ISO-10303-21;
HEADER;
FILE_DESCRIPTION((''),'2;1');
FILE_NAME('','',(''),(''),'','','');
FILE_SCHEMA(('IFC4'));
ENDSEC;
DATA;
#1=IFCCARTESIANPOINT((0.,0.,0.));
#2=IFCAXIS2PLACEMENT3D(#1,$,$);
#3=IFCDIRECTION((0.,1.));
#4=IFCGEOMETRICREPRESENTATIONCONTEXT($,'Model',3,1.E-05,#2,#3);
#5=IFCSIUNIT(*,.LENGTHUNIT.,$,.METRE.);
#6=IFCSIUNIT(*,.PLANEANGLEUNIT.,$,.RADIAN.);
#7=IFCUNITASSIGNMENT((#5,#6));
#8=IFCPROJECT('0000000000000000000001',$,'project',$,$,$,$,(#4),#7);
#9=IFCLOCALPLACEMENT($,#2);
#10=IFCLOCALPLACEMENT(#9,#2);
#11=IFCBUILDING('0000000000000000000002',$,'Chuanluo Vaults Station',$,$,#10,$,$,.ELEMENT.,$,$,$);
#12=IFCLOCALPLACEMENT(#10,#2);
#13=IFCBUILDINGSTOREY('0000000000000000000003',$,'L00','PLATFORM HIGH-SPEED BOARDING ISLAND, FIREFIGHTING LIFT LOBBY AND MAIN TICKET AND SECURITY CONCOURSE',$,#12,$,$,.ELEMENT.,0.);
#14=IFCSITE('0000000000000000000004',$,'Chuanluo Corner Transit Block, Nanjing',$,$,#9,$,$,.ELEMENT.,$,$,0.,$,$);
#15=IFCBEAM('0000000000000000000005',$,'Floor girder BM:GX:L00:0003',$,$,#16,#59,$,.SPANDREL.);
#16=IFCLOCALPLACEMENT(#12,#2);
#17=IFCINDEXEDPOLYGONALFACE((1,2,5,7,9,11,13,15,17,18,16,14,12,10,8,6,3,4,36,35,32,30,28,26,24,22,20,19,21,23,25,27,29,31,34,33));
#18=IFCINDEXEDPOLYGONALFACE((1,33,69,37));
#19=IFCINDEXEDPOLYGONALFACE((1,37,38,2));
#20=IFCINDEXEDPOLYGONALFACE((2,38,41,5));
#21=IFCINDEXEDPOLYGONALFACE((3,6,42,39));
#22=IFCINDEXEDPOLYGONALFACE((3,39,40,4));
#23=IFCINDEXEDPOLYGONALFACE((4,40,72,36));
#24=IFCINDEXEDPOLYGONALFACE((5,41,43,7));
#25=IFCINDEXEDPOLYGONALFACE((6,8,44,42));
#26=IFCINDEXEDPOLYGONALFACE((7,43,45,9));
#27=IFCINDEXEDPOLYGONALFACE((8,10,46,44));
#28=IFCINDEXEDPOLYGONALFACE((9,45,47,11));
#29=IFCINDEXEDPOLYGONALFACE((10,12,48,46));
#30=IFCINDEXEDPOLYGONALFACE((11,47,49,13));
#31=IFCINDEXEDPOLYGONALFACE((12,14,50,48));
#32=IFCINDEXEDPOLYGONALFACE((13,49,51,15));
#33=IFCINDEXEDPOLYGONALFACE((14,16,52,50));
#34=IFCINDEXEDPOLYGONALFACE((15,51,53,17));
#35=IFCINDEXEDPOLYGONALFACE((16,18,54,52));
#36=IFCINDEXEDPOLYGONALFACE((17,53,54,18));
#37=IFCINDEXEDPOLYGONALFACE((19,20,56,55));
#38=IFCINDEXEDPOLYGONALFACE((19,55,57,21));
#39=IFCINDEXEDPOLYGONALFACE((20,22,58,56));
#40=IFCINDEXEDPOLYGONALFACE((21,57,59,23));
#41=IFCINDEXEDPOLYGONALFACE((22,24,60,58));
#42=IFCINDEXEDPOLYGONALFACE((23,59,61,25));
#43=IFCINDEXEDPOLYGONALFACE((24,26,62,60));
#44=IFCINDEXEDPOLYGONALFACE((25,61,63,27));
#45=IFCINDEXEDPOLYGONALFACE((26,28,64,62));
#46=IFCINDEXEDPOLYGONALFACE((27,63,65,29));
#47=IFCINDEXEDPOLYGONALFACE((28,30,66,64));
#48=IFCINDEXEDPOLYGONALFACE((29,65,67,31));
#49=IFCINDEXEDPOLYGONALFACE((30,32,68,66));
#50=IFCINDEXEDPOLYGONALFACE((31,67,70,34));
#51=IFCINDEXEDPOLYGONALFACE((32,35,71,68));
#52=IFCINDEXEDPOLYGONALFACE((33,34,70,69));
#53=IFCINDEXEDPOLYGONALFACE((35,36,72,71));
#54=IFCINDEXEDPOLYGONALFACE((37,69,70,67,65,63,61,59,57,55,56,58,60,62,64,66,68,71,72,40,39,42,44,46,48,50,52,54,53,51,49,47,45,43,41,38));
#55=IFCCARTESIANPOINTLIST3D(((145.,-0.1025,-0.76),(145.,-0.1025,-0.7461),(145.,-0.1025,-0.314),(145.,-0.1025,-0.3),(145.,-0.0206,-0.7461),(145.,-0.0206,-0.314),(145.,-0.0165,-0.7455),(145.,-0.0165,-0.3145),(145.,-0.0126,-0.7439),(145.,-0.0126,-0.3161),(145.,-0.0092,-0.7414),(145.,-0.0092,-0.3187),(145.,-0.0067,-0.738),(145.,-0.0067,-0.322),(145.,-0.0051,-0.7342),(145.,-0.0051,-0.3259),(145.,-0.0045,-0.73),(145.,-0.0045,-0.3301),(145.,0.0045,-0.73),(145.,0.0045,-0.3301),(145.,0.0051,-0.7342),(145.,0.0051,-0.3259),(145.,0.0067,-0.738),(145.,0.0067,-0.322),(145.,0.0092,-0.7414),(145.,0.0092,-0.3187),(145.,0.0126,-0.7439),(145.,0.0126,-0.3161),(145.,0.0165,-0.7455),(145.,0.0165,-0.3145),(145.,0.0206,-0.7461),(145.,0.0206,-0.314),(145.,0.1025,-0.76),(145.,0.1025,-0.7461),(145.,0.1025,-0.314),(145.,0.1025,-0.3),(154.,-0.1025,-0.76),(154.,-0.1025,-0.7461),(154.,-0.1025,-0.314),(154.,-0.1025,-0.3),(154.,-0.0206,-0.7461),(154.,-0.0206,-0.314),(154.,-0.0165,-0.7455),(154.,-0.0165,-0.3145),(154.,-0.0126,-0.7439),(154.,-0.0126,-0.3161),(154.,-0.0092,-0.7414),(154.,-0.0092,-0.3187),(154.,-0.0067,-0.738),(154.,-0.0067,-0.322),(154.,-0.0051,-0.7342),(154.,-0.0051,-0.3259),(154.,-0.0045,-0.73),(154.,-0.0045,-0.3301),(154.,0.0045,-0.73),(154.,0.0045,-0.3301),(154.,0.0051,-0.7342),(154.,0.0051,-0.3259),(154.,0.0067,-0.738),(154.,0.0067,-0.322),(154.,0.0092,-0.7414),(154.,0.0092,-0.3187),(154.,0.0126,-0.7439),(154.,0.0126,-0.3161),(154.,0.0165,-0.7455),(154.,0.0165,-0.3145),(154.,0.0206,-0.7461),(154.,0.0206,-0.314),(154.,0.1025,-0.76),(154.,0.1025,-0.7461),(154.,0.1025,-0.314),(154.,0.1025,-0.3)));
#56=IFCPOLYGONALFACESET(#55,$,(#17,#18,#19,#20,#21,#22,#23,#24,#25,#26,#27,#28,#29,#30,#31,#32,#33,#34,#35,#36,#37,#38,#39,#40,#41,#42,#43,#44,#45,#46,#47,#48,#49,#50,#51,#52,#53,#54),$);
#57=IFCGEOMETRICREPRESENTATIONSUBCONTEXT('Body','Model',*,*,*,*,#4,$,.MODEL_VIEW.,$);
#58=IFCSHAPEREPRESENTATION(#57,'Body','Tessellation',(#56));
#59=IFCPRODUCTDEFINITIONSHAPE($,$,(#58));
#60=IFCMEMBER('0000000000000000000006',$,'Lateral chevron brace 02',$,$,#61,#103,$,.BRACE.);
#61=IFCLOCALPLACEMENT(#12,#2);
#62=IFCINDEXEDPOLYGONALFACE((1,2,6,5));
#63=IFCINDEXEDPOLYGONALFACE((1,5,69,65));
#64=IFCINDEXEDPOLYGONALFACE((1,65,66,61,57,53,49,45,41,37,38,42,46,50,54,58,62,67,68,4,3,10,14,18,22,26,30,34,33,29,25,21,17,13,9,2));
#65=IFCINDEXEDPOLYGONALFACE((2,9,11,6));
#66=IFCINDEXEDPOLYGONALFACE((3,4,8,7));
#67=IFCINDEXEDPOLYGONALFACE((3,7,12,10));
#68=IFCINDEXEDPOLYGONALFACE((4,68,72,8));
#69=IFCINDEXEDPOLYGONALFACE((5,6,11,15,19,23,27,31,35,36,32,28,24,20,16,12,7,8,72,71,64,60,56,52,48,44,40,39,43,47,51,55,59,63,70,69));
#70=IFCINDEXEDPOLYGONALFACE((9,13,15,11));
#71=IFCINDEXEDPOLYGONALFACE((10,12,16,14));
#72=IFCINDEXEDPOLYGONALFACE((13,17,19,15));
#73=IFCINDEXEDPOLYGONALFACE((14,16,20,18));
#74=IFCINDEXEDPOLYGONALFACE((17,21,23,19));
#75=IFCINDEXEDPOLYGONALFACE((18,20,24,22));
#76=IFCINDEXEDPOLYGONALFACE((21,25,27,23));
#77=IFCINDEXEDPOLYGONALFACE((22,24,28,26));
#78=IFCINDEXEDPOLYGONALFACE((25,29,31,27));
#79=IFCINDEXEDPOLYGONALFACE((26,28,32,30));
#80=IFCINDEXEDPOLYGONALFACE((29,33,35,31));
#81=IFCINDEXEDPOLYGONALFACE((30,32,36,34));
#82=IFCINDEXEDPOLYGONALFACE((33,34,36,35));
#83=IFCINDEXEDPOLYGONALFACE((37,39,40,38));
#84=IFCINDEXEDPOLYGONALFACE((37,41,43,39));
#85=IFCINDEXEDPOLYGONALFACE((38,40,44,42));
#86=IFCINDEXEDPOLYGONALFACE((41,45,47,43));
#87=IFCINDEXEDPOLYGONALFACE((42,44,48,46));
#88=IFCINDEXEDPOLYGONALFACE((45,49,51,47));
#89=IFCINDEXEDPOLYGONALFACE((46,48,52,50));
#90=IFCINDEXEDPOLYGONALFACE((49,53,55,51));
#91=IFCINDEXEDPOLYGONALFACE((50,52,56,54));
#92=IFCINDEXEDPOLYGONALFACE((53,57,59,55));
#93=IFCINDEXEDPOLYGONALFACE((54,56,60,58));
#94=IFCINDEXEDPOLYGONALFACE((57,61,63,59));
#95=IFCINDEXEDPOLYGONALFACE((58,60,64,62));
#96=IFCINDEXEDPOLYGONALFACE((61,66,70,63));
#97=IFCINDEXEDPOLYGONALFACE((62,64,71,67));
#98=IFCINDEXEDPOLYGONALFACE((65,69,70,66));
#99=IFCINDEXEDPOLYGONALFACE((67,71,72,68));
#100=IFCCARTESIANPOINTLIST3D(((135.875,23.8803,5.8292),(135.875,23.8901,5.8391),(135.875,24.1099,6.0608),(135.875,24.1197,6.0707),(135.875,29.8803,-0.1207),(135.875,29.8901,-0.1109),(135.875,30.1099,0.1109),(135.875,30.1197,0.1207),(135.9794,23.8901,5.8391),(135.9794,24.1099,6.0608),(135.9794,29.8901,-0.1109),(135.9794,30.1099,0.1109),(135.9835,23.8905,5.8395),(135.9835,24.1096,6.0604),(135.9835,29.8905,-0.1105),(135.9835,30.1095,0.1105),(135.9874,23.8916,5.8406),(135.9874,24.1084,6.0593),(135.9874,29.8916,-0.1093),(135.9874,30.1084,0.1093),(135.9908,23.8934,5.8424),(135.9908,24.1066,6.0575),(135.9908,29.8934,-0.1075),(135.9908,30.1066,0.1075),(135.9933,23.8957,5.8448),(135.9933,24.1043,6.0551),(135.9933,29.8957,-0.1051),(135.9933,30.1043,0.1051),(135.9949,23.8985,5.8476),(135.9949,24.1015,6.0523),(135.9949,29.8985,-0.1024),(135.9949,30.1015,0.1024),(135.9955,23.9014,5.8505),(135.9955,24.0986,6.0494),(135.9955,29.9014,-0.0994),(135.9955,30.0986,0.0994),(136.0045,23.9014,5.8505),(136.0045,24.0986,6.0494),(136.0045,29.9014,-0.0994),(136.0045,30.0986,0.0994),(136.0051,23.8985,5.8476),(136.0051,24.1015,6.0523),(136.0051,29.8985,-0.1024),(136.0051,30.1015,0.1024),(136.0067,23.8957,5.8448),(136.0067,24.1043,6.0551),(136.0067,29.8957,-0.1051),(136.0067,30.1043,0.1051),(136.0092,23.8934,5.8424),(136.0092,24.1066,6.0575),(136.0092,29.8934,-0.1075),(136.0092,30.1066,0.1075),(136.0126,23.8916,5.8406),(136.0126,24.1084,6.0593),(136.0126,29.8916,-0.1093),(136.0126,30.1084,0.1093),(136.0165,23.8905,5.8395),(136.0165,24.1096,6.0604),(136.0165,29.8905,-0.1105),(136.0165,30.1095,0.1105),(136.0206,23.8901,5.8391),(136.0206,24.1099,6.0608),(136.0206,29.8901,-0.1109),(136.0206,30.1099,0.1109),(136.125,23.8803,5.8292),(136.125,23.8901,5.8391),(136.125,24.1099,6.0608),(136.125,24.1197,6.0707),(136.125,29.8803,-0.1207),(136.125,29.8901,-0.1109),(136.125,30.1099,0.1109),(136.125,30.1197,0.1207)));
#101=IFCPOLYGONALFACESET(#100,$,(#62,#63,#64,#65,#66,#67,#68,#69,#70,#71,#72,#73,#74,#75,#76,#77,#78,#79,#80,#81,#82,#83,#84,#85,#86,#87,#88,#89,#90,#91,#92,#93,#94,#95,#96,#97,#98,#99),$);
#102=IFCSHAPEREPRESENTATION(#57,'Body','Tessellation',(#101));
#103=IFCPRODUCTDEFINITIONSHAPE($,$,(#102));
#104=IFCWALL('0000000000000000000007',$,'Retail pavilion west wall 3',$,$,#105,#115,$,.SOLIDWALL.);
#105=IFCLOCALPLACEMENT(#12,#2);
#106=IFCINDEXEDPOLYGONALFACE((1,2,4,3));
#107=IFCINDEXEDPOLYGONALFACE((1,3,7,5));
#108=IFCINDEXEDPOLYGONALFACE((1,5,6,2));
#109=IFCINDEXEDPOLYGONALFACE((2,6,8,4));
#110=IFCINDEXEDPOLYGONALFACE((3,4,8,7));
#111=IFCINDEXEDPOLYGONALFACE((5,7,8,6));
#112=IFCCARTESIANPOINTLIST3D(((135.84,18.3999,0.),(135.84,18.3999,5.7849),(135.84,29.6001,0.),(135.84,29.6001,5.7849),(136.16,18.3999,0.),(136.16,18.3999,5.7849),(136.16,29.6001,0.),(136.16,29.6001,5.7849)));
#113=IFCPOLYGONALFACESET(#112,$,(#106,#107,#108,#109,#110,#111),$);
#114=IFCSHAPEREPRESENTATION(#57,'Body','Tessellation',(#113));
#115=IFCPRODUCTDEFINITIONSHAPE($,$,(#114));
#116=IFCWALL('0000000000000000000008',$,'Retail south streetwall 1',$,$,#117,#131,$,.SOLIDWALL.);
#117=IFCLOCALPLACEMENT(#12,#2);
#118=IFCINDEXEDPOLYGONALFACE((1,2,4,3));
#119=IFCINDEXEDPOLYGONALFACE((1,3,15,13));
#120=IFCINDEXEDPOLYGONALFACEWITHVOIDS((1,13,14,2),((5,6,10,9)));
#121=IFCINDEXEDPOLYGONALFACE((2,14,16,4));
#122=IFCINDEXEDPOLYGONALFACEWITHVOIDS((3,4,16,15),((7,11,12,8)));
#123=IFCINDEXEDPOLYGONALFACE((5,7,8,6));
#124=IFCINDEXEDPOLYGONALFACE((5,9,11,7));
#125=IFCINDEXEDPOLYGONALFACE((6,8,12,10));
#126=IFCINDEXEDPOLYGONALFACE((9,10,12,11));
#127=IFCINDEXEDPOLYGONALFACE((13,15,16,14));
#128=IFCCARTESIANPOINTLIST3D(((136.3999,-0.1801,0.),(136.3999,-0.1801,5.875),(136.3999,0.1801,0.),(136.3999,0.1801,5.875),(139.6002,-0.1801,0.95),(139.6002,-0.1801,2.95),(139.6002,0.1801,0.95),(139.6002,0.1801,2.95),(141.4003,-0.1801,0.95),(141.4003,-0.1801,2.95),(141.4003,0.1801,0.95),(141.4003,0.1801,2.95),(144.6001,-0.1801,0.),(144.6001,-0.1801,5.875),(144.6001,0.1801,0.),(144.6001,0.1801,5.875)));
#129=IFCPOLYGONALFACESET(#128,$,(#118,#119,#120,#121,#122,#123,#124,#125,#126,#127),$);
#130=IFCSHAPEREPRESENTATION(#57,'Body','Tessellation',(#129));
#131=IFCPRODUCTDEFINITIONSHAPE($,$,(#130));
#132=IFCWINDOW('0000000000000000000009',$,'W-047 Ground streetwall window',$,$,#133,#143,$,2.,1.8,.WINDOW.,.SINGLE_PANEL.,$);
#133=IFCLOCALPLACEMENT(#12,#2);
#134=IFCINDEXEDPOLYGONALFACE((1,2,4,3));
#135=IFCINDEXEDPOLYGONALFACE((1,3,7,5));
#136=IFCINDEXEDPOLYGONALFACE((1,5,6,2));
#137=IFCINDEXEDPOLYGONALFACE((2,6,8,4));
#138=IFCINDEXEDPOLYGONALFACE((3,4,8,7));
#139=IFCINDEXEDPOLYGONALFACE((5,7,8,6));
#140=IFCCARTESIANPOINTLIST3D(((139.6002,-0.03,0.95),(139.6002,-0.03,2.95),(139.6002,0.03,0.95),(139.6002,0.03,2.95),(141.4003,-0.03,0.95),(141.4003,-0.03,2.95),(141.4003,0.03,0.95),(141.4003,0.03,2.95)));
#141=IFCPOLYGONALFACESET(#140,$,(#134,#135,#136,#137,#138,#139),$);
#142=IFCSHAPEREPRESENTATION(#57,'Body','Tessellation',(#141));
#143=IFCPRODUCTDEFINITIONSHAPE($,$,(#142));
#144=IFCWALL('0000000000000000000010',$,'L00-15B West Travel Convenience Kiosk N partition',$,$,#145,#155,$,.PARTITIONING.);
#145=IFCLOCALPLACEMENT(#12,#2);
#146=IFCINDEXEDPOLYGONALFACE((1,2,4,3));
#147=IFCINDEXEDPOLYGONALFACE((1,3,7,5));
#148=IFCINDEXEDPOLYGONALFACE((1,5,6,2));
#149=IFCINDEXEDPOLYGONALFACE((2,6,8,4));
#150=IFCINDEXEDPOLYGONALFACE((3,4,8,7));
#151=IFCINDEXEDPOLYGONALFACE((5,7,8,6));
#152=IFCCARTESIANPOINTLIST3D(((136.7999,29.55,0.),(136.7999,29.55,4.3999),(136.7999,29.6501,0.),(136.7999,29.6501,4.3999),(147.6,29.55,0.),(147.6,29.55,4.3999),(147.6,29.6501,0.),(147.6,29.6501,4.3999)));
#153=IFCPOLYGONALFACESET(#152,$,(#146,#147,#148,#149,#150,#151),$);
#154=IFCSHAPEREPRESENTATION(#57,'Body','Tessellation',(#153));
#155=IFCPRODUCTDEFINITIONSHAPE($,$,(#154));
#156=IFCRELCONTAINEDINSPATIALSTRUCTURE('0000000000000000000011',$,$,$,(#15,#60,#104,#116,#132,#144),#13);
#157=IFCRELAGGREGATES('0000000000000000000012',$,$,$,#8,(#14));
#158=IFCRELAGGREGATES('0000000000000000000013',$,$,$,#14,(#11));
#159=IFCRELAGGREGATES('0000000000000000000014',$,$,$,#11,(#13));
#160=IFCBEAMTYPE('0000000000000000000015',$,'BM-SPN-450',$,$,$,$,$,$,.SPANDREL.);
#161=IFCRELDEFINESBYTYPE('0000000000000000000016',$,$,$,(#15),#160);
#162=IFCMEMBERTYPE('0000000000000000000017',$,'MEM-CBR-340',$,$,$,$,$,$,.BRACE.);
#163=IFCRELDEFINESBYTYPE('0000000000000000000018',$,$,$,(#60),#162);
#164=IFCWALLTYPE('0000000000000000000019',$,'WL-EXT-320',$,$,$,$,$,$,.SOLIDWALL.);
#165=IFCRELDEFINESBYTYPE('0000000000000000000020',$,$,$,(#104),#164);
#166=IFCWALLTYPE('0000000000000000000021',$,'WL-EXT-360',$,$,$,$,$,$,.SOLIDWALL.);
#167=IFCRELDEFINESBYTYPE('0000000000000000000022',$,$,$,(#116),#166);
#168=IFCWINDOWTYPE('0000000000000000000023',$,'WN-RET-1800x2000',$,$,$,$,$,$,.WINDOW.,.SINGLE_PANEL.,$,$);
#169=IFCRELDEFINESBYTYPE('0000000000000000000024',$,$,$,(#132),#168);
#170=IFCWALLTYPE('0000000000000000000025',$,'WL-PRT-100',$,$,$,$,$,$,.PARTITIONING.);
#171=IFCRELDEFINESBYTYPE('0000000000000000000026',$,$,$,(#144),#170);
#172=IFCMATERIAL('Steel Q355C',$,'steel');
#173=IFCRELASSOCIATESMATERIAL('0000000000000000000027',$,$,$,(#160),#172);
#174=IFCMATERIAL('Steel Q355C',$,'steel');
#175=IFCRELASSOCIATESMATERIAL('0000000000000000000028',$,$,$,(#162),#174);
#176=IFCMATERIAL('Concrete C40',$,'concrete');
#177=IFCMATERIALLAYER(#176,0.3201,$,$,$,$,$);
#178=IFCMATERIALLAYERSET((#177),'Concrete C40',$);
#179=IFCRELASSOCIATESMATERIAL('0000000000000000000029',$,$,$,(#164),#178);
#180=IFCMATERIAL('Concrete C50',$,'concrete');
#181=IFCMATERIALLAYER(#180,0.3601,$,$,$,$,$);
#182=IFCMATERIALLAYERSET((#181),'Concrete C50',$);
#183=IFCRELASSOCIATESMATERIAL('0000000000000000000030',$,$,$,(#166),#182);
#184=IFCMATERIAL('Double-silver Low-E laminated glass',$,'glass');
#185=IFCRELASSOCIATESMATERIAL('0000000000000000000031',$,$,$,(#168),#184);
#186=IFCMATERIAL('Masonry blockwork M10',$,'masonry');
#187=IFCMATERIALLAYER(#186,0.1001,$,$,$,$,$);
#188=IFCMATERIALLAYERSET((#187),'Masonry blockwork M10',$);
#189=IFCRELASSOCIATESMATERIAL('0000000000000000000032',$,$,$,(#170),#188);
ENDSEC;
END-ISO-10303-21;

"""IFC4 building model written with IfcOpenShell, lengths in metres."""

from ifc_helpers import new_model, si_unit, direction, frame, frame_2d, origin, origin_2d, place, context, subcontext, project, spatial, rectangle, i_section, extrude, material, layer, layer_set, material_profile, profile_set, type_object, element, fill, save


model = new_model("IFC4")

# Units and contexts
model_context = context("Model", 3, precision=1e-05, world=origin(), true_north=direction((0.0, 1.0)))
body_context = subcontext(model_context, "Body", "Model", "MODEL_VIEW")
ifc_project = project(units=[si_unit("LENGTHUNIT", "METRE"), si_unit("PLANEANGLEUNIT", "RADIAN")], contexts=[model_context])

# Site, building, storey
site_placement = place(None, origin())
site = spatial("IfcSite", under=ifc_project, at=site_placement, Name="Chuanluo Corner Transit Block, Nanjing", CompositionType="ELEMENT", RefElevation=0.0)
building_placement = place(site_placement, origin())
building = spatial("IfcBuilding", under=site, at=building_placement, Name="Chuanluo Vaults Station", CompositionType="ELEMENT")
storey_placement = place(building_placement, origin())
storey = spatial("IfcBuildingStorey", under=building, at=storey_placement, Name="L00", Description="PLATFORM HIGH-SPEED BOARDING ISLAND, FIREFIGHTING LIFT LOBBY AND MAIN TICKET AND SECURITY CONCOURSE", CompositionType="ELEMENT", Elevation=0.0)

# Beam
ifc_material_1 = material(Name="Steel Q355C", Category="steel")
ifc_material_profile_1 = material_profile(ifc_material_1, i_section(OverallWidth=0.2051, OverallDepth=0.46, WebThickness=0.009, FlangeThickness=0.0139, FilletRadius=0.0161, at=origin_2d()))
ifc_profile_set_1 = profile_set([ifc_material_profile_1], Name="Steel Q355C")
beam_type_1 = type_object("IfcBeamType", Name="BM-SPN-450", PredefinedType="SPANDREL", material=ifc_profile_set_1)
beam_1_placement = place(storey_placement, frame((145.0, 0.0, -0.53), z_axis=(1.0, 0.0, 0.0), x_axis=(0.0, 1.0, 0.0)))
element("IfcBeam", 1, at=beam_1_placement, inside=storey, type_object=beam_type_1, Name="Floor girder BM:GX:L00:0003", PredefinedType="SPANDREL", context=body_context, shape_type="SweptSolid", body=[
    extrude(i_section(OverallWidth=0.2051, OverallDepth=0.46, WebThickness=0.009, FlangeThickness=0.0139, FilletRadius=0.0161, at=origin_2d()), origin(), (0.0, 0.0, 1.0), 9.0),
])

# Member
ifc_material_2 = material(Name="Steel Q355C", Category="steel")
ifc_material_profile_2 = material_profile(ifc_material_2, i_section(OverallWidth=0.25, OverallDepth=0.3401, WebThickness=0.009, FlangeThickness=0.0139, FilletRadius=0.0161, at=origin_2d()))
ifc_profile_set_2 = profile_set([ifc_material_profile_2], Name="Steel Q355C")
member_type = type_object("IfcMemberType", Name="MEM-CBR-340", PredefinedType="BRACE", material=ifc_profile_set_2)
member_placement = place(storey_placement, frame((136.0, 30.0, 0.0), z_axis=(0.0, -0.710062, 0.704139), x_axis=(1.0, 0.0, 0.0)))
element("IfcMember", 2, at=member_placement, inside=storey, type_object=member_type, Name="Lateral chevron brace 02", PredefinedType="BRACE", context=body_context, shape_type="SweptSolid", body=[
    extrude(i_section(OverallWidth=0.25, OverallDepth=0.3401, WebThickness=0.009, FlangeThickness=0.0139, FilletRadius=0.0161, at=origin_2d()), origin(), (0.0, 0.0, 1.0), 8.45),
])

# Wall
ifc_material_3 = material(Name="Concrete C40", Category="concrete")
ifc_layer_1 = layer(ifc_material_3, 0.3201)
ifc_layer_set_1 = layer_set([ifc_layer_1], Name="Concrete C40")
wall_type_1 = type_object("IfcWallType", Name="WL-EXT-320", PredefinedType="SOLIDWALL", material=ifc_layer_set_1)
wall_1_placement = place(storey_placement, frame((136.0, 18.3999, 0.0), z_axis=(0.0, 0.0, 1.0), x_axis=(0.0, 1.0, 0.0)))
element("IfcWall", 3, at=wall_1_placement, inside=storey, type_object=wall_type_1, Name="Retail pavilion west wall 3", PredefinedType="SOLIDWALL", context=body_context, shape_type="SweptSolid", body=[
    extrude(rectangle(XDim=11.2002, YDim=0.3201, at=frame_2d((5.6001, 0.0))), origin(), (0.0, 0.0, 1.0), 5.7849),
])

# Wall, opening, window
ifc_material_4 = material(Name="Concrete C50", Category="concrete")
ifc_layer_2 = layer(ifc_material_4, 0.3601)
ifc_layer_set_2 = layer_set([ifc_layer_2], Name="Concrete C50")
wall_type_2 = type_object("IfcWallType", Name="WL-EXT-360", PredefinedType="SOLIDWALL", material=ifc_layer_set_2)
wall_2_placement = place(storey_placement, frame((144.6001, 0.0, 0.0), z_axis=(0.0, 0.0, 1.0), x_axis=(-1.0, 0.0, 0.0)))
wall_2 = element("IfcWall", 4, at=wall_2_placement, inside=storey, type_object=wall_type_2, Name="Retail south streetwall 1", PredefinedType="SOLIDWALL", context=body_context, shape_type="SweptSolid", body=[
    extrude(rectangle(XDim=8.2002, YDim=0.3601, at=frame_2d((4.1001, 0.0))), origin(), (0.0, 0.0, 1.0), 5.875),
])
opening_1_placement = place(wall_2_placement, frame((3.2, 0.0, 0.95)))
opening_1 = element("IfcOpeningElement", 5, at=opening_1_placement, cuts=wall_2, PredefinedType="OPENING", context=body_context, shape_type="SweptSolid", body=[
    extrude(rectangle(XDim=1.8, YDim=2.0, at=frame_2d((0.8999, 1.0))), frame((0.0, 0.1902, 0.0), z_axis=(0.0, -1.0, 0.0), x_axis=(1.0, 0.0, 0.0)), (0.0, 0.0, 1.0), 0.3801),
])
ifc_material_5 = material(Name="Double-silver Low-E laminated glass", Category="glass")
window_type = type_object("IfcWindowType", Name="WN-RET-1800x2000", PartitioningType="SINGLE_PANEL", PredefinedType="WINDOW", material=ifc_material_5)
window_placement = place(opening_1_placement, origin())
window = element("IfcWindow", 6, at=window_placement, inside=storey, type_object=window_type, Name="W-047 Ground streetwall window", OverallHeight=2.0, OverallWidth=1.8, PartitioningType="SINGLE_PANEL", PredefinedType="WINDOW", context=body_context, shape_type="SweptSolid", body=[
    extrude(rectangle(XDim=1.8, YDim=2.0, at=frame_2d((0.8999, 1.0))), frame((0.0, 0.03, 0.0), z_axis=(0.0, -1.0, 0.0), x_axis=(1.0, 0.0, 0.0)), (0.0, 0.0, 1.0), 0.0601),
])
fill(opening_1, window)

# Wall
ifc_material_6 = material(Name="Masonry blockwork M10", Category="masonry")
ifc_layer_3 = layer(ifc_material_6, 0.1001)
ifc_layer_set_3 = layer_set([ifc_layer_3], Name="Masonry blockwork M10")
wall_type_3 = type_object("IfcWallType", Name="WL-PRT-100", PredefinedType="PARTITIONING", material=ifc_layer_set_3)
wall_3_placement = place(storey_placement, frame((136.8, 29.6001, 0.0), z_axis=(0.0, 0.0, 1.0), x_axis=(1.0, 0.0, 0.0)))
element("IfcWall", 7, at=wall_3_placement, inside=storey, type_object=wall_type_3, Name="L00-15B West Travel Convenience Kiosk N partition", PredefinedType="PARTITIONING", context=body_context, shape_type="SweptSolid", body=[
    extrude(rectangle(XDim=10.8, YDim=0.1001, at=frame_2d((5.3999, 0.0))), origin(), (0.0, 0.0, 1.0), 4.3999),
])

save(model, "model.ifc")
